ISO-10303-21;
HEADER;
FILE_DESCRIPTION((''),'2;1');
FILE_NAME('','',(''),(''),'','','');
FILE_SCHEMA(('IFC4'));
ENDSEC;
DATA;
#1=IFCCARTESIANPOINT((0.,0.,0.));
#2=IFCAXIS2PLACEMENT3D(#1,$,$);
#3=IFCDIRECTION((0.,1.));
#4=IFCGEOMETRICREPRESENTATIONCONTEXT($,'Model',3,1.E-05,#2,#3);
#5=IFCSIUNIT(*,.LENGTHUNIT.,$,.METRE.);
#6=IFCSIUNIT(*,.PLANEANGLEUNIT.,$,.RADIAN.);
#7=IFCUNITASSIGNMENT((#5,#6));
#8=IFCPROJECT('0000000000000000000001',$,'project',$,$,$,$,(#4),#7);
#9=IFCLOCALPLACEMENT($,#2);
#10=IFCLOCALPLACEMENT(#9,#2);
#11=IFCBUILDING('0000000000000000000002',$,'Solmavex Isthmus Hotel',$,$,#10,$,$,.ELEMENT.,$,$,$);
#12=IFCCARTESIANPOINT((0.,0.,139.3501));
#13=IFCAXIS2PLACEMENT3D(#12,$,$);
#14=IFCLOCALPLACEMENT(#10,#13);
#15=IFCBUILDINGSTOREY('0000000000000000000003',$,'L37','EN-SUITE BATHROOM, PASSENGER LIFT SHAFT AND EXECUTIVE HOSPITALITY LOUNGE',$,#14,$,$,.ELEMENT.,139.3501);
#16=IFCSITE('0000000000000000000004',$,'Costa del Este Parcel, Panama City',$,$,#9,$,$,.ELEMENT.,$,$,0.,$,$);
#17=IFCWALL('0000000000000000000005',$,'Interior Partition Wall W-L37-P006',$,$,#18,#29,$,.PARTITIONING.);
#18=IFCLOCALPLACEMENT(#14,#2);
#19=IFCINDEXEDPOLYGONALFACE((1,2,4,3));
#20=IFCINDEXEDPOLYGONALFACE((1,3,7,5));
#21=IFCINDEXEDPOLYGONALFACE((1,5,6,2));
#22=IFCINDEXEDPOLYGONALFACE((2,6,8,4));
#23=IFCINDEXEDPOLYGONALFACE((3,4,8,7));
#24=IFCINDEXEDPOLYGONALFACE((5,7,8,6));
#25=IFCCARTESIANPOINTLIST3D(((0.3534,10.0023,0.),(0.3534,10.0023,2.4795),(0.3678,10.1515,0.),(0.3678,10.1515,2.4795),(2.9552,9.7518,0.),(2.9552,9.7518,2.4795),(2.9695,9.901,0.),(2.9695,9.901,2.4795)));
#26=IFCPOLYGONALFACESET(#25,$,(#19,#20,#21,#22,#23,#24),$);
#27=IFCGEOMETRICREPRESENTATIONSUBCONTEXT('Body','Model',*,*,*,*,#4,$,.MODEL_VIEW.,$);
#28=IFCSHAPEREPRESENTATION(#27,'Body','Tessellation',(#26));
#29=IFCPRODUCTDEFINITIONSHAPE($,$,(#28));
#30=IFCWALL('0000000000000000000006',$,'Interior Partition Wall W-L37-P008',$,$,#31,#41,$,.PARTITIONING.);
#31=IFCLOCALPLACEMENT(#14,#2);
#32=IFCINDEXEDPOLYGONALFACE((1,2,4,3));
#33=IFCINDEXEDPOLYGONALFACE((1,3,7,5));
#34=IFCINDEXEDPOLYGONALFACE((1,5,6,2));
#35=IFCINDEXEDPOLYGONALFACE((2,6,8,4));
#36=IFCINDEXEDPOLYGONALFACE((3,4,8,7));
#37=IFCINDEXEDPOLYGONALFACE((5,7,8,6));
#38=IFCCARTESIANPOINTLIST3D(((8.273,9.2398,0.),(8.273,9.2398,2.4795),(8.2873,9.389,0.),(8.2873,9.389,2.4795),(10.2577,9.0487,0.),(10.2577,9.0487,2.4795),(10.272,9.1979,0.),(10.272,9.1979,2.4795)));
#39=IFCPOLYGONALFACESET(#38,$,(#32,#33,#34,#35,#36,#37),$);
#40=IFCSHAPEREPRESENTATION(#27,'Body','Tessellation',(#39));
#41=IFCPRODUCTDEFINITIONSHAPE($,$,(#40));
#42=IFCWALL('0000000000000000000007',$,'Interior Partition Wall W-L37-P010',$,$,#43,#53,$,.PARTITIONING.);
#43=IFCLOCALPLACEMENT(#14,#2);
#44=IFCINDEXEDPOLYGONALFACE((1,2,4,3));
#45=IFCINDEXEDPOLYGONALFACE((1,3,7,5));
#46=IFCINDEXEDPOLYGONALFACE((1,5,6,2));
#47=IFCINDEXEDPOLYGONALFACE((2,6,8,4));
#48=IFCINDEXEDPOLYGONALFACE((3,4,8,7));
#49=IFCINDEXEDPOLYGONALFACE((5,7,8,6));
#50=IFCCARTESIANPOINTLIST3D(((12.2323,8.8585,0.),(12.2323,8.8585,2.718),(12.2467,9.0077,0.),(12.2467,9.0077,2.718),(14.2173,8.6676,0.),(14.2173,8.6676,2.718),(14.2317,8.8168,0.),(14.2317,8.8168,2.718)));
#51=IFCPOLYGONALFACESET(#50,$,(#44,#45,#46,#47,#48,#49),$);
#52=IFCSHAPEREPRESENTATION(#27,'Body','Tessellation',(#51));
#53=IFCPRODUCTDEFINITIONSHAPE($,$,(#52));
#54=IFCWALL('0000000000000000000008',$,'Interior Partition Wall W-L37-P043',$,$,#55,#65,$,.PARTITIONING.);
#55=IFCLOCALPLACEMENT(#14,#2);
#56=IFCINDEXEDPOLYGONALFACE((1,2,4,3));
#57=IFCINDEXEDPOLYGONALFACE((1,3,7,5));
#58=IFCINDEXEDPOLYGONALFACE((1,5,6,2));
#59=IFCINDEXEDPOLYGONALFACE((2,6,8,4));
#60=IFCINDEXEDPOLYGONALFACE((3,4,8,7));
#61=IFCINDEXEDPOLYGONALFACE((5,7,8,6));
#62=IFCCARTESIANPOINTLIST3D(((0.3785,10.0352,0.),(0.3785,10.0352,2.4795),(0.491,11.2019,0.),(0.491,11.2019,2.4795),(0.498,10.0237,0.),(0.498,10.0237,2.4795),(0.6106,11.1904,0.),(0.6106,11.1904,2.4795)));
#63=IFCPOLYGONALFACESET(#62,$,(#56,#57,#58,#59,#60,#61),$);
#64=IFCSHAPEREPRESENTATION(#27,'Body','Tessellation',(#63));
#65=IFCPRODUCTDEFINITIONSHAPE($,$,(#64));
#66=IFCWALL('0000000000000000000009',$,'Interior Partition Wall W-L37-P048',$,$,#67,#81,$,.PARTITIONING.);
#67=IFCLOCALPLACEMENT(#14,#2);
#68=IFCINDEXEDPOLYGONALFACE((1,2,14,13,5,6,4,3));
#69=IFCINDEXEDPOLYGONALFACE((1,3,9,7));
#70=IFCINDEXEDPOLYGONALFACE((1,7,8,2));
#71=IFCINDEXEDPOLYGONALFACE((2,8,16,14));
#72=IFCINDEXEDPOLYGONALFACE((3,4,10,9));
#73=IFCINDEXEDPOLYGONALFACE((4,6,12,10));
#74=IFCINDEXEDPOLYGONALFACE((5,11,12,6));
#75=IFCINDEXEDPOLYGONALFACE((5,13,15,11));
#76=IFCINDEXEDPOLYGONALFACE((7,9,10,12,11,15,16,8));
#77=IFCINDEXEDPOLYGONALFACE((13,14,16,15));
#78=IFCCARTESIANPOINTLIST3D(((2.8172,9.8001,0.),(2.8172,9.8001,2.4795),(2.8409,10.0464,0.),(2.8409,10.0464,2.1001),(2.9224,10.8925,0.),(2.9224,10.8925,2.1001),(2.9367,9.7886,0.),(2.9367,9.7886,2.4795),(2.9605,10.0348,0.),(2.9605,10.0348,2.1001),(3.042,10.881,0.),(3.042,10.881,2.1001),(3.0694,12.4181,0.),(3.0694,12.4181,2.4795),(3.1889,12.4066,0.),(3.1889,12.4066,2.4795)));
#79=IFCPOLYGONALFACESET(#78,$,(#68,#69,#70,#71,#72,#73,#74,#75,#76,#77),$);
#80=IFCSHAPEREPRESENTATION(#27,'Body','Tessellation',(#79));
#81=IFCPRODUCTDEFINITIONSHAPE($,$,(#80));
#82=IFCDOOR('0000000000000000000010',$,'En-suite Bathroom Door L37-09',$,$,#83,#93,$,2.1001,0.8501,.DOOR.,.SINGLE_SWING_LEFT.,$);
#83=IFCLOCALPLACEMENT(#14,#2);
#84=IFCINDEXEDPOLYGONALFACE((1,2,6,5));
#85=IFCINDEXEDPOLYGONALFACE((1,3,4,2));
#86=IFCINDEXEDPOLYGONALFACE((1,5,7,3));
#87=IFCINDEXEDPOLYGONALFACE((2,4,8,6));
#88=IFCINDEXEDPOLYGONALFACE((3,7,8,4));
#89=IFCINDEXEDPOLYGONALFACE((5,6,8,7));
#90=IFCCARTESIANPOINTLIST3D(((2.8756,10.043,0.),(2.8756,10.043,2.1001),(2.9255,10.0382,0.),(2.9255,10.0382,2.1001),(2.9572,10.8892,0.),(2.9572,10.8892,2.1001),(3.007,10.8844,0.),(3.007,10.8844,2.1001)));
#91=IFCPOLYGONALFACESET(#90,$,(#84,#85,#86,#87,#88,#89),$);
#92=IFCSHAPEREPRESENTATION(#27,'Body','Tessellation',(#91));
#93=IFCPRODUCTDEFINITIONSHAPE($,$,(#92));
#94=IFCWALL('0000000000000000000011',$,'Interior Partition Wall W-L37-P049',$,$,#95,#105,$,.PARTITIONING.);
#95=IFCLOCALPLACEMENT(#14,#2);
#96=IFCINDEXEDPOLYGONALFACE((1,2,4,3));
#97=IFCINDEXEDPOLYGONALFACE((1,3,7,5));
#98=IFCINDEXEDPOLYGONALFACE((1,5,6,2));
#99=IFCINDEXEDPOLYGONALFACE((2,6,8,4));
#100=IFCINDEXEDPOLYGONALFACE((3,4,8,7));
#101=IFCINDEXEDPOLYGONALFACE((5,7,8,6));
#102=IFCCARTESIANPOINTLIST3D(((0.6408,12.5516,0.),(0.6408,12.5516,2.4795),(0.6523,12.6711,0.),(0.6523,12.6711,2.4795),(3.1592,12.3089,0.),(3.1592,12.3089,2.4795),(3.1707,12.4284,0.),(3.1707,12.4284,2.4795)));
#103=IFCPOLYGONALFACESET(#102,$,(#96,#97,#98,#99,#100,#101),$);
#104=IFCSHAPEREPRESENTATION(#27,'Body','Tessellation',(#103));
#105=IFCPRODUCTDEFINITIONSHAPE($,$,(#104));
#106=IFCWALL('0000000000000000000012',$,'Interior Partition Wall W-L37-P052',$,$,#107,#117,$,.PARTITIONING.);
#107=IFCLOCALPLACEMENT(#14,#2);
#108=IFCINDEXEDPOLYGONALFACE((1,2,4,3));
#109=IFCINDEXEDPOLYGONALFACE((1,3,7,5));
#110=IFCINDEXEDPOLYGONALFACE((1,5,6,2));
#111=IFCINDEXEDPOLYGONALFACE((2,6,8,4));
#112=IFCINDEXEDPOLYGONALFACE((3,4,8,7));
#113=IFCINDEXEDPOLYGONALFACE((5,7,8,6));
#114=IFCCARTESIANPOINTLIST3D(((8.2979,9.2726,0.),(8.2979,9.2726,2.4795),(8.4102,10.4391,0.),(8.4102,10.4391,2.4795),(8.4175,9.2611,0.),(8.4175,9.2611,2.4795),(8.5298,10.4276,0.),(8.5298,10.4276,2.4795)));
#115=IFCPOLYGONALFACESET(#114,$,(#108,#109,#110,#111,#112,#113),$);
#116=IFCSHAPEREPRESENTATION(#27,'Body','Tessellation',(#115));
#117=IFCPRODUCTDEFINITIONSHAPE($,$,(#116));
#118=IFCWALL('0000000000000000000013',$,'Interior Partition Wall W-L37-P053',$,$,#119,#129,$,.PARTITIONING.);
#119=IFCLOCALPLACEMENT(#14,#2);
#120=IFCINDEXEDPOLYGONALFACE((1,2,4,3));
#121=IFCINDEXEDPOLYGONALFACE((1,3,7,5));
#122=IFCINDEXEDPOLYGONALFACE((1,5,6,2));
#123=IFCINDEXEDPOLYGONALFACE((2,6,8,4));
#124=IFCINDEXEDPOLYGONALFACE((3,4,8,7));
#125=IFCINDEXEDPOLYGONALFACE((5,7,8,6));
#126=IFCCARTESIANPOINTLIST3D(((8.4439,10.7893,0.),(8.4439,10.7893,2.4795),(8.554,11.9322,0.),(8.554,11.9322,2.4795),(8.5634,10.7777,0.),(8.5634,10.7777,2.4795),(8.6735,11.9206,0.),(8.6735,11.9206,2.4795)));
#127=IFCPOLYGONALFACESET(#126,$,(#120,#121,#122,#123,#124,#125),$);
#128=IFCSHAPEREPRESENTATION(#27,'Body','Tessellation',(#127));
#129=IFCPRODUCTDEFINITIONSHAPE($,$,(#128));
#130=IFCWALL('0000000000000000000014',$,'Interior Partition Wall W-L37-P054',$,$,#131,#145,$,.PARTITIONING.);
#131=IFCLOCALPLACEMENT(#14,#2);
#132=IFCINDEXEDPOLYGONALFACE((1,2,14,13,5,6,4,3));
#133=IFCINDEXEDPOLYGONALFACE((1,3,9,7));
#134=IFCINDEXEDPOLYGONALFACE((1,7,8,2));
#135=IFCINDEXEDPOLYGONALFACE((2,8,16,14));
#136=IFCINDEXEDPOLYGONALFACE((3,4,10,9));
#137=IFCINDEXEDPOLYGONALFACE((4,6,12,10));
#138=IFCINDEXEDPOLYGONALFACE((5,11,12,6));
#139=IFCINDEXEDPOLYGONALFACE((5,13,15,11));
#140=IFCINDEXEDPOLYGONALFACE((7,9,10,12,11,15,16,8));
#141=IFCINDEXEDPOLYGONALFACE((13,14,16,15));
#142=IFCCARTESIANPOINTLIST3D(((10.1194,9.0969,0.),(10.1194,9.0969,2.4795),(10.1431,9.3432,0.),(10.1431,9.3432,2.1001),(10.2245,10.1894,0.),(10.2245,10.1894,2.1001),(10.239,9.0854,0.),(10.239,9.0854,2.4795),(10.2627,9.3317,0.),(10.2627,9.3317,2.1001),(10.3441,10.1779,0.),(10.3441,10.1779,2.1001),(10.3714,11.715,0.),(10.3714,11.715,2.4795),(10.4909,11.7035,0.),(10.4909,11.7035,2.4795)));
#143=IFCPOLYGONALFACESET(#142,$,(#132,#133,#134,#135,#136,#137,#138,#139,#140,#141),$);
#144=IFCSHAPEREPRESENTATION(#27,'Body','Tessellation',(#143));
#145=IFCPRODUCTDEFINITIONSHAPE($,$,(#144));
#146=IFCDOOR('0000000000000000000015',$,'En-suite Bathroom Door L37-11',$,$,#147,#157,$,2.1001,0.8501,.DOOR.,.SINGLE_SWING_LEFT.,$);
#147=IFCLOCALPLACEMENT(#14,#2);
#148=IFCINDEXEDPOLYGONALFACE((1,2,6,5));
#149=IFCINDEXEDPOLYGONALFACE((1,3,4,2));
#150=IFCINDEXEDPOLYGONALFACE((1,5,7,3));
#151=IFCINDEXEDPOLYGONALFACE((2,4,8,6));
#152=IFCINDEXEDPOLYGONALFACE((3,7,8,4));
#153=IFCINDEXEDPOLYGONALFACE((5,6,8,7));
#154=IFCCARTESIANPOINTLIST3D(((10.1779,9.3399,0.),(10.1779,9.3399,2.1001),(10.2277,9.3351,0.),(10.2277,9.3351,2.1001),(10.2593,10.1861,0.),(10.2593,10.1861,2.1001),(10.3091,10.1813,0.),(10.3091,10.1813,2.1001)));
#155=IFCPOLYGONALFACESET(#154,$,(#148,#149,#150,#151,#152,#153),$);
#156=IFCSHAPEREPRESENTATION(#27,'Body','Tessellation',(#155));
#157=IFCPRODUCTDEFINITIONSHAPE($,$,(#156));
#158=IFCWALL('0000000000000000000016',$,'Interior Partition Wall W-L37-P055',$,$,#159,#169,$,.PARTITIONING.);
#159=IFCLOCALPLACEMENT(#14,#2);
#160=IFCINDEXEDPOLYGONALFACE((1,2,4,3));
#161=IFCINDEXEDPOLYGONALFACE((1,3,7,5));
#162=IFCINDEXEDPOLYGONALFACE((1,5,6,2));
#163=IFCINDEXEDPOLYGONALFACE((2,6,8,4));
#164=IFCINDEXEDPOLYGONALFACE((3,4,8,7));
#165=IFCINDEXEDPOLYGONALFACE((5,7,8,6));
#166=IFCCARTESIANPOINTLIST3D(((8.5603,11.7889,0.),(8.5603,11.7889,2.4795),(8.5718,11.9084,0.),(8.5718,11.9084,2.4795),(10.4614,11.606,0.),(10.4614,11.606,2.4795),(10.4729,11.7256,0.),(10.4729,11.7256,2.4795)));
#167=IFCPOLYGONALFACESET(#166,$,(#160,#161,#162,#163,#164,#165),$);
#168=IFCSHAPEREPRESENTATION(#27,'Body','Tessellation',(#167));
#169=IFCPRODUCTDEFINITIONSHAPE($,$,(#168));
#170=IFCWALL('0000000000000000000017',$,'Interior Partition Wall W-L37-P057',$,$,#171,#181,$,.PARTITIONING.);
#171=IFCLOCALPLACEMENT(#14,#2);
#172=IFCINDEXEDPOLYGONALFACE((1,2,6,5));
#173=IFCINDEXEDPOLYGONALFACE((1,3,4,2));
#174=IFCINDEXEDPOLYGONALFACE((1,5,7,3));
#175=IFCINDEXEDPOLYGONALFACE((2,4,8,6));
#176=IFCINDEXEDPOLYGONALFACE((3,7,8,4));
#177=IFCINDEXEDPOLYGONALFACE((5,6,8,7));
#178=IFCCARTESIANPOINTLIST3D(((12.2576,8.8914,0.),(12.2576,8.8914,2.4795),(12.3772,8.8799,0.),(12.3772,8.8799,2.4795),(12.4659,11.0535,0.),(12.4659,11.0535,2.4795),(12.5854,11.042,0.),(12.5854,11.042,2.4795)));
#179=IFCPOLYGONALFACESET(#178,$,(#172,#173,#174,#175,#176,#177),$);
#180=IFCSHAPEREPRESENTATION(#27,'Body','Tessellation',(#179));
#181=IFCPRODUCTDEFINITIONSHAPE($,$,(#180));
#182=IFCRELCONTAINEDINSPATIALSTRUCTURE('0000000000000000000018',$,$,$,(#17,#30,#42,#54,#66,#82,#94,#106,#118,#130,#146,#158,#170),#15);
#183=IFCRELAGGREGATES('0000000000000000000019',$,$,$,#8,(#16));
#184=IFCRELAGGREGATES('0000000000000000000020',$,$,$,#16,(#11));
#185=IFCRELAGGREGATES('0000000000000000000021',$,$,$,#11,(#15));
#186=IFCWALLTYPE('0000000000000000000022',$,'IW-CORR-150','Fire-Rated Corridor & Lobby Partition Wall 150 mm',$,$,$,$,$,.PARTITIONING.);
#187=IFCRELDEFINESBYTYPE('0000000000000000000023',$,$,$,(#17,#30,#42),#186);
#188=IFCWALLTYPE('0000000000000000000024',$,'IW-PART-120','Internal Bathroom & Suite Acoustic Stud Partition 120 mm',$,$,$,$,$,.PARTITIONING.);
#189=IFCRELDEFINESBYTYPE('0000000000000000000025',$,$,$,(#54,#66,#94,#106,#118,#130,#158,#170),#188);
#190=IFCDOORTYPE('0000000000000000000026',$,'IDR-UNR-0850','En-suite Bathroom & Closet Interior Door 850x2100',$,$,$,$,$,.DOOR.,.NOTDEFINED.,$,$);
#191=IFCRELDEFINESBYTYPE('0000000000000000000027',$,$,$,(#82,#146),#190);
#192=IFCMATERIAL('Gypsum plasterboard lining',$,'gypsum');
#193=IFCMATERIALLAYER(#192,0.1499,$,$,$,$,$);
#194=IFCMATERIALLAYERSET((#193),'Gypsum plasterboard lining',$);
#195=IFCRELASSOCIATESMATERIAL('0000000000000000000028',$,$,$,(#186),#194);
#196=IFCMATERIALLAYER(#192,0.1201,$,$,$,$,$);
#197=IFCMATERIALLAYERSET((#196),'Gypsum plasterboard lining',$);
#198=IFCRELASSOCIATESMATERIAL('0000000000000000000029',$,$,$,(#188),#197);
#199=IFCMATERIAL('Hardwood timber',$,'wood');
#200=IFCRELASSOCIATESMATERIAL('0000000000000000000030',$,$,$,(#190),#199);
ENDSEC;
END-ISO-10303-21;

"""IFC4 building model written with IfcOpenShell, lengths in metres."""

from ifc_helpers import new_model, si_unit, direction, frame, frame_2d, origin, place, context, subcontext, project, spatial, rectangle, extrude, material, layer, layer_set, type_object, element, fill, save


model = new_model("IFC4")

# Units and contexts
model_context = context("Model", 3, precision=1e-05, world=origin(), true_north=direction((0.0, 1.0)))
body_context = subcontext(model_context, "Body", "Model", "MODEL_VIEW")
ifc_project = project(units=[si_unit("LENGTHUNIT", "METRE"), si_unit("PLANEANGLEUNIT", "RADIAN")], contexts=[model_context])

# Site, building, storey
site_placement = place(None, origin())
site = spatial("IfcSite", under=ifc_project, at=site_placement, Name="Costa del Este Parcel, Panama City", CompositionType="ELEMENT", RefElevation=0.0)
building_placement = place(site_placement, origin())
building = spatial("IfcBuilding", under=site, at=building_placement, Name="Solmavex Isthmus Hotel", CompositionType="ELEMENT")
storey_placement = place(building_placement, frame((0.0, 0.0, 139.3501)))
storey = spatial("IfcBuildingStorey", under=building, at=storey_placement, Name="L37", Description="EN-SUITE BATHROOM, PASSENGER LIFT SHAFT AND EXECUTIVE HOSPITALITY LOUNGE", CompositionType="ELEMENT", Elevation=139.3501)

# Shared definitions
ifc_material_1 = material(Name="Gypsum plasterboard lining", Category="gypsum")
ifc_layer_1 = layer(ifc_material_1, 0.1499)
ifc_layer_set_1 = layer_set([ifc_layer_1], Name="Gypsum plasterboard lining")
wall_type_1 = type_object("IfcWallType", Name="IW-CORR-150", Description="Fire-Rated Corridor & Lobby Partition Wall 150 mm", PredefinedType="PARTITIONING", material=ifc_layer_set_1)
ifc_material_2 = material(Name="Hardwood timber", Category="wood")

# Wall
wall_1_placement = place(storey_placement, frame((0.3606, 10.0769, 0.0), z_axis=(0.0, 0.0, 1.0), x_axis=(0.995398, -0.095832, 0.0)))
element("IfcWall", 1, at=wall_1_placement, inside=storey, type_object=wall_type_1, Name="Interior Partition Wall W-L37-P006", PredefinedType="PARTITIONING", context=body_context, shape_type="SweptSolid", body=[
    extrude(rectangle(XDim=2.6138, YDim=0.1499, at=frame_2d((1.3069, 0.0))), origin(), (0.0, 0.0, 1.0), 2.4795),
])

# Walls
wall_2_placement = place(storey_placement, frame((8.28, 9.3145, 0.0), z_axis=(0.0, 0.0, 1.0), x_axis=(0.995393, -0.095878, 0.0)))
element("IfcWall", 2, at=wall_2_placement, inside=storey, type_object=wall_type_1, Name="Interior Partition Wall W-L37-P008", PredefinedType="PARTITIONING", context=body_context, shape_type="SweptSolid", body=[
    extrude(rectangle(XDim=1.9939, YDim=0.1499, at=frame_2d((0.9971, 0.0))), origin(), (0.0, 0.0, 1.0), 2.4795),
])
wall_3_placement = place(storey_placement, frame((12.2395, 8.9331, 0.0), z_axis=(0.0, 0.0, 1.0), x_axis=(0.995406, -0.095745, 0.0)))
element("IfcWall", 3, at=wall_3_placement, inside=storey, type_object=wall_type_1, Name="Interior Partition Wall W-L37-P010", PredefinedType="PARTITIONING", context=body_context, shape_type="SweptSolid", body=[
    extrude(rectangle(XDim=1.9941, YDim=0.1499, at=frame_2d((0.9971, 0.0))), origin(), (0.0, 0.0, 1.0), 2.718),
])
ifc_layer_2 = layer(ifc_material_1, 0.1201)
ifc_layer_set_2 = layer_set([ifc_layer_2], Name="Gypsum plasterboard lining")
wall_type_2 = type_object("IfcWallType", Name="IW-PART-120", Description="Internal Bathroom & Suite Acoustic Stud Partition 120 mm", PredefinedType="PARTITIONING", material=ifc_layer_set_2)
wall_4_placement = place(storey_placement, frame((0.5508, 11.196, 0.0), z_axis=(0.0, 0.0, 1.0), x_axis=(-0.096018, -0.99538, 0.0)))
element("IfcWall", 4, at=wall_4_placement, inside=storey, type_object=wall_type_2, Name="Interior Partition Wall W-L37-P043", PredefinedType="PARTITIONING", context=body_context, shape_type="SweptSolid", body=[
    extrude(rectangle(XDim=1.1721, YDim=0.1201, at=frame_2d((0.5859, 0.0))), origin(), (0.0, 0.0, 1.0), 2.4795),
])

# Wall, opening, door
wall_5_placement = place(storey_placement, frame((2.877, 9.7944, 0.0), z_axis=(0.0, 0.0, 1.0), x_axis=(0.095891, 0.995392, 0.0)))
wall_5 = element("IfcWall", 5, at=wall_5_placement, inside=storey, type_object=wall_type_2, Name="Interior Partition Wall W-L37-P048", PredefinedType="PARTITIONING", context=body_context, shape_type="SweptSolid", body=[
    extrude(rectangle(XDim=2.6301, YDim=0.1201, at=frame_2d((1.3149, 0.0))), origin(), (0.0, 0.0, 1.0), 2.4795),
])
opening_1_placement = place(wall_5_placement, frame((0.2473, 0.0, 0.0)))
opening_1 = element("IfcOpeningElement", 6, at=opening_1_placement, cuts=wall_5, PredefinedType="OPENING", context=body_context, shape_type="SweptSolid", body=[
    extrude(rectangle(XDim=0.8501, YDim=2.1001, at=frame_2d((0.425, 1.05))), frame((0.0, 0.0701, 0.0), z_axis=(0.0, -1.0, 0.0), x_axis=(1.0, 0.0, 0.0)), (0.0, 0.0, 1.0), 0.1401),
])
door_type_1 = type_object("IfcDoorType", Name="IDR-UNR-0850", Description="En-suite Bathroom & Closet Interior Door 850x2100", OperationType="NOTDEFINED", PredefinedType="DOOR", material=ifc_material_2)
door_1_placement = place(opening_1_placement, frame((0.8501, 0.0, 0.0), z_axis=(0.0, 0.0, 1.0), x_axis=(-1.0, 0.0, 0.0)))
door_1 = element("IfcDoor", 7, at=door_1_placement, inside=storey, type_object=door_type_1, Name="En-suite Bathroom Door L37-09", OperationType="SINGLE_SWING_LEFT", OverallHeight=2.1001, OverallWidth=0.8501, PredefinedType="DOOR", context=body_context, shape_type="SweptSolid", body=[
    extrude(rectangle(XDim=0.8501, YDim=2.1001, at=frame_2d((0.425, 1.05))), frame((0.0, 0.0249, 0.0), z_axis=(0.0, -1.0, 0.0), x_axis=(1.0, 0.0, 0.0)), (0.0, 0.0, 1.0), 0.05),
])
fill(opening_1, door_1)

# Walls
wall_6_placement = place(storey_placement, frame((3.165, 12.3687, 0.0), z_axis=(0.0, 0.0, 1.0), x_axis=(-0.995389, 0.09592, 0.0)))
element("IfcWall", 8, at=wall_6_placement, inside=storey, type_object=wall_type_2, Name="Interior Partition Wall W-L37-P049", PredefinedType="PARTITIONING", context=body_context, shape_type="SweptSolid", body=[
    extrude(rectangle(XDim=2.53, YDim=0.1201, at=frame_2d((1.2651, 0.0))), origin(), (0.0, 0.0, 1.0), 2.4795),
])
wall_7_placement = place(storey_placement, frame((8.47, 10.4333, 0.0), z_axis=(0.0, 0.0, 1.0), x_axis=(-0.095831, -0.995398, 0.0)))
element("IfcWall", 9, at=wall_7_placement, inside=storey, type_object=wall_type_2, Name="Interior Partition Wall W-L37-P052", PredefinedType="PARTITIONING", context=body_context, shape_type="SweptSolid", body=[
    extrude(rectangle(XDim=1.1719, YDim=0.1201, at=frame_2d((0.5859, 0.0))), origin(), (0.0, 0.0, 1.0), 2.4795),
])
wall_8_placement = place(storey_placement, frame((8.6138, 11.9265, 0.0), z_axis=(0.0, 0.0, 1.0), x_axis=(-0.095903, -0.995391, 0.0)))
element("IfcWall", 10, at=wall_8_placement, inside=storey, type_object=wall_type_2, Name="Interior Partition Wall W-L37-P053", PredefinedType="PARTITIONING", context=body_context, shape_type="SweptSolid", body=[
    extrude(rectangle(XDim=1.1482, YDim=0.1201, at=frame_2d((0.5742, 0.0))), origin(), (0.0, 0.0, 1.0), 2.4795),
])

# Wall, opening, door
wall_9_placement = place(storey_placement, frame((10.1792, 9.0913, 0.0), z_axis=(0.0, 0.0, 1.0), x_axis=(0.095799, 0.995401, 0.0)))
wall_9 = element("IfcWall", 11, at=wall_9_placement, inside=storey, type_object=wall_type_2, Name="Interior Partition Wall W-L37-P054", PredefinedType="PARTITIONING", context=body_context, shape_type="SweptSolid", body=[
    extrude(rectangle(XDim=2.6301, YDim=0.1201, at=frame_2d((1.3149, 0.0))), origin(), (0.0, 0.0, 1.0), 2.4795),
])
opening_2_placement = place(wall_9_placement, frame((0.2473, 0.0, 0.0)))
opening_2 = element("IfcOpeningElement", 12, at=opening_2_placement, cuts=wall_9, PredefinedType="OPENING", context=body_context, shape_type="SweptSolid", body=[
    extrude(rectangle(XDim=0.8501, YDim=2.1001, at=frame_2d((0.425, 1.05))), frame((0.0, 0.0701, 0.0), z_axis=(0.0, -1.0, 0.0), x_axis=(1.0, 0.0, 0.0)), (0.0, 0.0, 1.0), 0.1401),
])
door_2_placement = place(opening_2_placement, frame((0.8501, 0.0, 0.0), z_axis=(0.0, 0.0, 1.0), x_axis=(-1.0, 0.0, 0.0)))
door_2 = element("IfcDoor", 13, at=door_2_placement, inside=storey, type_object=door_type_1, Name="En-suite Bathroom Door L37-11", OperationType="SINGLE_SWING_LEFT", OverallHeight=2.1001, OverallWidth=0.8501, PredefinedType="DOOR", context=body_context, shape_type="SweptSolid", body=[
    extrude(rectangle(XDim=0.8501, YDim=2.1001, at=frame_2d((0.425, 1.05))), frame((0.0, 0.0249, 0.0), z_axis=(0.0, -1.0, 0.0), x_axis=(1.0, 0.0, 0.0)), (0.0, 0.0, 1.0), 0.05),
])
fill(opening_2, door_2)

# Walls
wall_10_placement = place(storey_placement, frame((10.4673, 11.6658, 0.0), z_axis=(0.0, 0.0, 1.0), x_axis=(-0.995406, 0.095744, 0.0)))
element("IfcWall", 14, at=wall_10_placement, inside=storey, type_object=wall_type_2, Name="Interior Partition Wall W-L37-P055", PredefinedType="PARTITIONING", context=body_context, shape_type="SweptSolid", body=[
    extrude(rectangle(XDim=1.9099, YDim=0.1201, at=frame_2d((0.9551, 0.0))), origin(), (0.0, 0.0, 1.0), 2.4795),
])
wall_11_placement = place(storey_placement, frame((12.5256, 11.0476, 0.0), z_axis=(0.0, 0.0, 1.0), x_axis=(-0.095875, -0.995393, 0.0)))
element("IfcWall", 15, at=wall_11_placement, inside=storey, type_object=wall_type_2, Name="Interior Partition Wall W-L37-P057", PredefinedType="PARTITIONING", context=body_context, shape_type="SweptSolid", body=[
    extrude(rectangle(XDim=2.1721, YDim=0.1201, at=frame_2d((1.0859, 0.0))), origin(), (0.0, 0.0, 1.0), 2.4795),
])

save(model, "model.ifc")
